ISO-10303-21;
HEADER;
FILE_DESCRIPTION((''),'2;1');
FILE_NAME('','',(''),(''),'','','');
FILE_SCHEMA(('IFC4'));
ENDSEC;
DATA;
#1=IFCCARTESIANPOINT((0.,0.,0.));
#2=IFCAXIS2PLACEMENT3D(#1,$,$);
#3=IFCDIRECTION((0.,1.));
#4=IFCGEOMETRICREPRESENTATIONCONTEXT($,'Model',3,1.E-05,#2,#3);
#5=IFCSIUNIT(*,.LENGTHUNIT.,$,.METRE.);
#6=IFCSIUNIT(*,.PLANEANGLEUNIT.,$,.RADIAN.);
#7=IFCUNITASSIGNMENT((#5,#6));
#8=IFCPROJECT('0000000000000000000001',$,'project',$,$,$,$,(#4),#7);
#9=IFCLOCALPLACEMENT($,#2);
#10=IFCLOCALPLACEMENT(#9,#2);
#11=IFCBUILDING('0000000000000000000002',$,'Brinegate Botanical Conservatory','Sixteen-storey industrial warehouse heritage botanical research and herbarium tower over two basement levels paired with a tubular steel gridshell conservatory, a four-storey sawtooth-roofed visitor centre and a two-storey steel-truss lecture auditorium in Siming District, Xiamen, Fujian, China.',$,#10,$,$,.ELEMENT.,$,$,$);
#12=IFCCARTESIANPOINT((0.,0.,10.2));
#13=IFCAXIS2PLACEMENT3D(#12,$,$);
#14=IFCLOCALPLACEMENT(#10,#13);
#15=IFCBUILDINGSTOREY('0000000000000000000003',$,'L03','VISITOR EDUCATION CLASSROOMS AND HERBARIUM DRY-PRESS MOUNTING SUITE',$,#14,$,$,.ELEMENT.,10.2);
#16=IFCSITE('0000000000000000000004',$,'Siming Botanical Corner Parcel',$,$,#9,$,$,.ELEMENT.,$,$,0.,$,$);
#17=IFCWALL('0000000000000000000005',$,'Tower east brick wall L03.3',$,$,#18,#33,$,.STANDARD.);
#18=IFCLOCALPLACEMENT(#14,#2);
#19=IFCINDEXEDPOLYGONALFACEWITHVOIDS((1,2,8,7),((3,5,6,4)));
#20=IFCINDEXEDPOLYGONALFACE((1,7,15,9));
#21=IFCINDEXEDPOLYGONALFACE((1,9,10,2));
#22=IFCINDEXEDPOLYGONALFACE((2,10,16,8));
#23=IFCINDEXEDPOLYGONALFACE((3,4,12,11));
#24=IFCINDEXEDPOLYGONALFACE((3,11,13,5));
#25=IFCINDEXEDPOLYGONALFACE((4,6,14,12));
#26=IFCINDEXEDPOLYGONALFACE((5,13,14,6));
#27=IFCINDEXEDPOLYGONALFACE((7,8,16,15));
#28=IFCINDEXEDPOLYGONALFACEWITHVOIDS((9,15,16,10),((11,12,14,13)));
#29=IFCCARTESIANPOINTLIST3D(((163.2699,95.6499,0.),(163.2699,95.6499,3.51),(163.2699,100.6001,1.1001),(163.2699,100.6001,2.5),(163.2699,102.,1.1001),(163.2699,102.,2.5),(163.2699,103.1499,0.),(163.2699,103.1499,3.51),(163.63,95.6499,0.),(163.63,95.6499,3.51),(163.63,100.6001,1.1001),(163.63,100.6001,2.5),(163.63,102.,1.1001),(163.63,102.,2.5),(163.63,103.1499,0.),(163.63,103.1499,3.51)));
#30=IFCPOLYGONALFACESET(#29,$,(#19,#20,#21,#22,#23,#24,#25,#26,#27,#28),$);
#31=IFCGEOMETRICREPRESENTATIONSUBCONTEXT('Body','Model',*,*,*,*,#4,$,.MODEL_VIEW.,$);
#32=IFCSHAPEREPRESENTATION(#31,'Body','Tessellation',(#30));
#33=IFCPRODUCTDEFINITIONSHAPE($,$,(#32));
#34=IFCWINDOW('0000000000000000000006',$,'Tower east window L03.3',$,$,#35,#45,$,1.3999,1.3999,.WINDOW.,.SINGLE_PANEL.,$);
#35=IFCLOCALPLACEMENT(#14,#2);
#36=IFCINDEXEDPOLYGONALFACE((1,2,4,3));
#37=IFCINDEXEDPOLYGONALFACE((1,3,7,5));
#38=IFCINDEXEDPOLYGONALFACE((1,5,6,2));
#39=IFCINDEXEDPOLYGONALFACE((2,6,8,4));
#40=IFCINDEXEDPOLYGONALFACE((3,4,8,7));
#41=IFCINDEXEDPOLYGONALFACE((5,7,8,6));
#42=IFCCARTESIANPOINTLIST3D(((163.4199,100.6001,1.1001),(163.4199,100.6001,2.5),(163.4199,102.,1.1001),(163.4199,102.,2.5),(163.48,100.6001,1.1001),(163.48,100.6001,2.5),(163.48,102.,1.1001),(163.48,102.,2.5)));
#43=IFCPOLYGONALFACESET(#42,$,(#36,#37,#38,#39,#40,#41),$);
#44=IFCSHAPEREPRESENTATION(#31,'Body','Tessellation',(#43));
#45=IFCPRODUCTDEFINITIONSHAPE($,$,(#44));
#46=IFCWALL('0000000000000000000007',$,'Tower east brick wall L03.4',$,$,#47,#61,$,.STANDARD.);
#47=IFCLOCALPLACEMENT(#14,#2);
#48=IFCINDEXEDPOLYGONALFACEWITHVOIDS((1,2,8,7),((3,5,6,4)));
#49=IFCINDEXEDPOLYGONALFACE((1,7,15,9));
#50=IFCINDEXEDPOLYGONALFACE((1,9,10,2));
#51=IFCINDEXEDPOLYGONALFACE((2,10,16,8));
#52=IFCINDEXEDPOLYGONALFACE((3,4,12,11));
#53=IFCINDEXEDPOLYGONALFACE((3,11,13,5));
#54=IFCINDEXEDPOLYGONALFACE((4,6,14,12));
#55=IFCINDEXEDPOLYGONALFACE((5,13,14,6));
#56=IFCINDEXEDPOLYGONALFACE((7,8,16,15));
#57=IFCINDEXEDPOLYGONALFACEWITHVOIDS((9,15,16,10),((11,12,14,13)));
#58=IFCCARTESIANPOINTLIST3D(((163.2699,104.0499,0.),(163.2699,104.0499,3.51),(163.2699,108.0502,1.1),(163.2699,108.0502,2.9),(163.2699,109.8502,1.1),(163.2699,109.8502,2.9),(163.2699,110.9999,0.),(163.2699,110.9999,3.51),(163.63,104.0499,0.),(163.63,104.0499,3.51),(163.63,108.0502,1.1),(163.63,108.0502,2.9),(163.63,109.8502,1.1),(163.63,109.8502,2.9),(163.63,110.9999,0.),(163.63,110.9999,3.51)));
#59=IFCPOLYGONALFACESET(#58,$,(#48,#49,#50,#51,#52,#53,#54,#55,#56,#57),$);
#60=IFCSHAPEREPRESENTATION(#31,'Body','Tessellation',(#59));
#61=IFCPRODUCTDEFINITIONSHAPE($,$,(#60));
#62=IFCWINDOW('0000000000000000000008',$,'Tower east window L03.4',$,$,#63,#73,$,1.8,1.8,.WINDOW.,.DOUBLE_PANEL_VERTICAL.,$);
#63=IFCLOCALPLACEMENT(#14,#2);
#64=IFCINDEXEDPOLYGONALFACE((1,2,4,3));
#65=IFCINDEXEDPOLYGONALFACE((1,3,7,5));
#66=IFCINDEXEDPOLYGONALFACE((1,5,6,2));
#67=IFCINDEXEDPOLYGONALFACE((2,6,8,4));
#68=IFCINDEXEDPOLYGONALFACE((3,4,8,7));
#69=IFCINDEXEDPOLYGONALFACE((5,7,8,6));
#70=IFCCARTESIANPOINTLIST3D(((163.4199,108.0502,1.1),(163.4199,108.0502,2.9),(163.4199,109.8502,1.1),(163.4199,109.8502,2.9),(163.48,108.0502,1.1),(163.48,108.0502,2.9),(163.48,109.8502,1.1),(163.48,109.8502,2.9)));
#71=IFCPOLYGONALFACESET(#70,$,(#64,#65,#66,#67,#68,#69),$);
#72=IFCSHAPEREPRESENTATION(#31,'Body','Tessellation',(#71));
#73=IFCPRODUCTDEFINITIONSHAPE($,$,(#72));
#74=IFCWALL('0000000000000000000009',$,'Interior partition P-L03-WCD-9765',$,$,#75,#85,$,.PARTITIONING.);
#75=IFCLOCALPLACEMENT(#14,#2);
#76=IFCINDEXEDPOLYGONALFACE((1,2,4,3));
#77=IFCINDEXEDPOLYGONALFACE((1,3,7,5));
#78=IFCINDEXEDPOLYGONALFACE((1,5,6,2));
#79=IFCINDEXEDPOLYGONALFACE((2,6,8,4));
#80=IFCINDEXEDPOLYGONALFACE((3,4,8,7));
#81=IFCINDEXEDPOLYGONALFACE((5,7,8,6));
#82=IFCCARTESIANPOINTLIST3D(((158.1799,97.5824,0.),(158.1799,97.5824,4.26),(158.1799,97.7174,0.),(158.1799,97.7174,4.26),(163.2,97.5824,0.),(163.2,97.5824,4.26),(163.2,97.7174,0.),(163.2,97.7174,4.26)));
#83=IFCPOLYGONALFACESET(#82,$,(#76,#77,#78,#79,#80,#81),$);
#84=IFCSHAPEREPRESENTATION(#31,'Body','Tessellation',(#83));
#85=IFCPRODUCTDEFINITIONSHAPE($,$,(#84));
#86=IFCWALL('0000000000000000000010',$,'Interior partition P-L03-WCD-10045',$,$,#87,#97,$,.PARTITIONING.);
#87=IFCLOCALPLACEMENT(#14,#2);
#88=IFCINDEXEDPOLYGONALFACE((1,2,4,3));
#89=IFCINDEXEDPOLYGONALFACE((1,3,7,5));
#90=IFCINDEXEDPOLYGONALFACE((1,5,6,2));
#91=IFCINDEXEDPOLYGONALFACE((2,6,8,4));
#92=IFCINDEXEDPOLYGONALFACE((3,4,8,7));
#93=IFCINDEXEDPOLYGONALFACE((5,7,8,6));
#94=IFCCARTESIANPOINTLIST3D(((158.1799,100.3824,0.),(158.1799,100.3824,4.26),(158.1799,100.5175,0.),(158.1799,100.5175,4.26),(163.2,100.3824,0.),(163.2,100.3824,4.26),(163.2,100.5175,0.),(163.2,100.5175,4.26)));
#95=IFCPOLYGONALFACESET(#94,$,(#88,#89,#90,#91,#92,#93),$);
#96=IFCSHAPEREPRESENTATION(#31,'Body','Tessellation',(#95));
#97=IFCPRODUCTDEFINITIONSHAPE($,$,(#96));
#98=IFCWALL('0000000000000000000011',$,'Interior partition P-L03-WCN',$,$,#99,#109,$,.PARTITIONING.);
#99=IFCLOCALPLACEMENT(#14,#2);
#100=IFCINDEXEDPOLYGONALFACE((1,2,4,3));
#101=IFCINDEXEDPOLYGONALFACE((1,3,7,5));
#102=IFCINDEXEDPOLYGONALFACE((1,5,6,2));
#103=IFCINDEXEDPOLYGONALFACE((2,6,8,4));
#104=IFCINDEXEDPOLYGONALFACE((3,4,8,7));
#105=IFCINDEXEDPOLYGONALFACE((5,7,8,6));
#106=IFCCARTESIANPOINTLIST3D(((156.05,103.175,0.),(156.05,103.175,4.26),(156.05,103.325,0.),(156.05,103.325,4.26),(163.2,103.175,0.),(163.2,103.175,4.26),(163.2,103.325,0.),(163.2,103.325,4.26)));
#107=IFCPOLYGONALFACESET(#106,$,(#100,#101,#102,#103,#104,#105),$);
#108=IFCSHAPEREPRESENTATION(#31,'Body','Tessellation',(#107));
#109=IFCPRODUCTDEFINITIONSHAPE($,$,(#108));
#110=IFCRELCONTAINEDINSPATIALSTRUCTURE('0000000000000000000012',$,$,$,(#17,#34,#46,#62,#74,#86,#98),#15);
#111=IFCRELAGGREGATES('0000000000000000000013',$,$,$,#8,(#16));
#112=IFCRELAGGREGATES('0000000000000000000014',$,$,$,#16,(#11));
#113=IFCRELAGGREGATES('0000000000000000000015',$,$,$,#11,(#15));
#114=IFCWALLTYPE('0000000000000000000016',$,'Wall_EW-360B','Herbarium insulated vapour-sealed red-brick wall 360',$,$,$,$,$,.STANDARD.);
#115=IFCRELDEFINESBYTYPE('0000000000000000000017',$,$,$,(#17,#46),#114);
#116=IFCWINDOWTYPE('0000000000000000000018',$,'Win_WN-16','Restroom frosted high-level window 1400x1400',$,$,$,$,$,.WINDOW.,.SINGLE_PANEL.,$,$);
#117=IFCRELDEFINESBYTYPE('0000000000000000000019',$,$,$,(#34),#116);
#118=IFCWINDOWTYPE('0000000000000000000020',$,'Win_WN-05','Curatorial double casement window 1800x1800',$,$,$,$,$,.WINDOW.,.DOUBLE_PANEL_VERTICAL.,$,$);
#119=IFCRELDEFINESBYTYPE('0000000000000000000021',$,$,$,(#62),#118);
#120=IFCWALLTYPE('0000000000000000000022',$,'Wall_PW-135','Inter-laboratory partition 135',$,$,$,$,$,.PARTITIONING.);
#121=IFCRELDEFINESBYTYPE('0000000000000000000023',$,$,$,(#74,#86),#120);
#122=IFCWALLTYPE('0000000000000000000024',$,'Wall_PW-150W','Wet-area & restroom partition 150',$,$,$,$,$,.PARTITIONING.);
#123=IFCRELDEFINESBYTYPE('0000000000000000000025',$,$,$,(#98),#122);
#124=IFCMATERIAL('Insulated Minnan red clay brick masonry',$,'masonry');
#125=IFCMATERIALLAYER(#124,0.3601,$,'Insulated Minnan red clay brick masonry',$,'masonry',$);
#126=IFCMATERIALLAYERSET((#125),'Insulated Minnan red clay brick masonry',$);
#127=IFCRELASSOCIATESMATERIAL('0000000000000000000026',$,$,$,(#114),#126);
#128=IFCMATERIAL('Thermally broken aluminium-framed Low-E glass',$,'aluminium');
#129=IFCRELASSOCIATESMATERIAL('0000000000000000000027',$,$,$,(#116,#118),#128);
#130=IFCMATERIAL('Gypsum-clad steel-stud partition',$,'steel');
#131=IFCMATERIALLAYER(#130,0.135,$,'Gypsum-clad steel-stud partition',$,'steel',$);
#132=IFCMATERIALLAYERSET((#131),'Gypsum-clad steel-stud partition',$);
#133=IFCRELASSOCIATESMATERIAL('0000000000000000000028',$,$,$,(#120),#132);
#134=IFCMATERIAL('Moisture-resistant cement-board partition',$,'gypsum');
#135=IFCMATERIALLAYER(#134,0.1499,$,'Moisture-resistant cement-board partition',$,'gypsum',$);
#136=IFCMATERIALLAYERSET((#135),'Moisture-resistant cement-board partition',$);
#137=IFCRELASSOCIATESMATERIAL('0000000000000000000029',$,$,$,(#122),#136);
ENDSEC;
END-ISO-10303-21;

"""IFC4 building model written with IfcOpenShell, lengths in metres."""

from ifc_helpers import new_model, si_unit, direction, frame, frame_2d, origin, place, context, subcontext, project, spatial, rectangle, extrude, material, layer, layer_set, type_object, element, fill, save


model = new_model("IFC4")

# Units and contexts
model_context = context("Model", 3, precision=1e-05, world=origin(), true_north=direction((0.0, 1.0)))
body_context = subcontext(model_context, "Body", "Model", "MODEL_VIEW")
ifc_project = project(units=[si_unit("LENGTHUNIT", "METRE"), si_unit("PLANEANGLEUNIT", "RADIAN")], contexts=[model_context])

# Site, building, storey
site_placement = place(None, origin())
site = spatial("IfcSite", under=ifc_project, at=site_placement, Name="Siming Botanical Corner Parcel", CompositionType="ELEMENT", RefElevation=0.0)
building_placement = place(site_placement, origin())
building = spatial("IfcBuilding", under=site, at=building_placement, Name="Brinegate Botanical Conservatory", Description="Sixteen-storey industrial warehouse heritage botanical research and herbarium tower over two basement levels paired with a tubular steel gridshell conservatory, a four-storey sawtooth-roofed visitor centre and a two-storey steel-truss lecture auditorium in Siming District, Xiamen, Fujian, China.", CompositionType="ELEMENT")
storey_placement = place(building_placement, frame((0.0, 0.0, 10.2)))
storey = spatial("IfcBuildingStorey", under=building, at=storey_placement, Name="L03", Description="VISITOR EDUCATION CLASSROOMS AND HERBARIUM DRY-PRESS MOUNTING SUITE", CompositionType="ELEMENT", Elevation=10.2)

# Shared definitions
ifc_material_1 = material(Name="Insulated Minnan red clay brick masonry", Category="masonry")
ifc_layer_1 = layer(ifc_material_1, 0.3601, Name="Insulated Minnan red clay brick masonry", Category="masonry")
ifc_layer_set_1 = layer_set([ifc_layer_1], Name="Insulated Minnan red clay brick masonry")
wall_type_1 = type_object("IfcWallType", Name="Wall_EW-360B", Description="Herbarium insulated vapour-sealed red-brick wall 360", PredefinedType="STANDARD", material=ifc_layer_set_1)
ifc_material_2 = material(Name="Thermally broken aluminium-framed Low-E glass", Category="aluminium")

# Walls, openings, windows
wall_1_placement = place(storey_placement, frame((163.45, 103.1499, 0.0), z_axis=(0.0, 0.0, 1.0), x_axis=(0.0, -1.0, 0.0)))
wall_1 = element("IfcWall", 1, at=wall_1_placement, inside=storey, type_object=wall_type_1, Name="Tower east brick wall L03.3", PredefinedType="STANDARD", context=body_context, shape_type="SweptSolid", body=[
    extrude(rectangle(XDim=7.5, YDim=0.3601, at=frame_2d((3.75, 0.0))), origin(), (0.0, 0.0, 1.0), 3.51),
])
opening_1_placement = place(wall_1_placement, frame((1.1499, 0.0, 1.1001)))
opening_1 = element("IfcOpeningElement", 2, at=opening_1_placement, cuts=wall_1, PredefinedType="OPENING", context=body_context, shape_type="SweptSolid", body=[
    extrude(rectangle(XDim=1.3999, YDim=1.3999, at=frame_2d((0.7, 0.7))), frame((0.0, 0.1899, 0.0), z_axis=(0.0, -1.0, 0.0), x_axis=(1.0, 0.0, 0.0)), (0.0, 0.0, 1.0), 0.3801),
])
window_type_1 = type_object("IfcWindowType", Name="Win_WN-16", Description="Restroom frosted high-level window 1400x1400", PartitioningType="SINGLE_PANEL", PredefinedType="WINDOW", material=ifc_material_2)
window_1_placement = place(opening_1_placement, origin())
window_1 = element("IfcWindow", 3, at=window_1_placement, inside=storey, type_object=window_type_1, Name="Tower east window L03.3", OverallHeight=1.3999, OverallWidth=1.3999, PartitioningType="SINGLE_PANEL", PredefinedType="WINDOW", context=body_context, shape_type="SweptSolid", body=[
    extrude(rectangle(XDim=1.3999, YDim=1.3999, at=frame_2d((0.7, 0.7))), frame((0.0, 0.03, 0.0), z_axis=(0.0, -1.0, 0.0), x_axis=(1.0, 0.0, 0.0)), (0.0, 0.0, 1.0), 0.0601),
])
fill(opening_1, window_1)
wall_2_placement = place(storey_placement, frame((163.45, 111.0, 0.0), z_axis=(0.0, 0.0, 1.0), x_axis=(0.0, -1.0, 0.0)))
wall_2 = element("IfcWall", 4, at=wall_2_placement, inside=storey, type_object=wall_type_1, Name="Tower east brick wall L03.4", PredefinedType="STANDARD", context=body_context, shape_type="SweptSolid", body=[
    extrude(rectangle(XDim=6.95, YDim=0.3601, at=frame_2d((3.4751, 0.0))), origin(), (0.0, 0.0, 1.0), 3.51),
])
opening_2_placement = place(wall_2_placement, frame((1.1499, 0.0, 1.1001)))
opening_2 = element("IfcOpeningElement", 5, at=opening_2_placement, cuts=wall_2, PredefinedType="OPENING", context=body_context, shape_type="SweptSolid", body=[
    extrude(rectangle(XDim=1.8, YDim=1.8, at=frame_2d((0.8999, 0.8999))), frame((0.0, 0.1899, 0.0), z_axis=(0.0, -1.0, 0.0), x_axis=(1.0, 0.0, 0.0)), (0.0, 0.0, 1.0), 0.3801),
])
window_type_2 = type_object("IfcWindowType", Name="Win_WN-05", Description="Curatorial double casement window 1800x1800", PartitioningType="DOUBLE_PANEL_VERTICAL", PredefinedType="WINDOW", material=ifc_material_2)
window_2_placement = place(opening_2_placement, origin())
window_2 = element("IfcWindow", 6, at=window_2_placement, inside=storey, type_object=window_type_2, Name="Tower east window L03.4", OverallHeight=1.8, OverallWidth=1.8, PartitioningType="DOUBLE_PANEL_VERTICAL", PredefinedType="WINDOW", context=body_context, shape_type="SweptSolid", body=[
    extrude(rectangle(XDim=1.8, YDim=1.8, at=frame_2d((0.8999, 0.8999))), frame((0.0, 0.03, 0.0), z_axis=(0.0, -1.0, 0.0), x_axis=(1.0, 0.0, 0.0)), (0.0, 0.0, 1.0), 0.0601),
])
fill(opening_2, window_2)

# Walls
ifc_material_3 = material(Name="Gypsum-clad steel-stud partition", Category="steel")
ifc_layer_2 = layer(ifc_material_3, 0.135, Name="Gypsum-clad steel-stud partition", Category="steel")
ifc_layer_set_2 = layer_set([ifc_layer_2], Name="Gypsum-clad steel-stud partition")
wall_type_2 = type_object("IfcWallType", Name="Wall_PW-135", Description="Inter-laboratory partition 135", PredefinedType="PARTITIONING", material=ifc_layer_set_2)
for number, where, z_axis, x_axis, name in (
    (7, (158.1799, 97.6499, 0.0), (0.0, 0.0, 1.0), (1.0, 0.0, 0.0), "Interior partition P-L03-WCD-9765"),
    (8, (158.1799, 100.45, 0.0), (0.0, 0.0, 1.0), (1.0, 0.0, 0.0), "Interior partition P-L03-WCD-10045"),
):
    element("IfcWall", number, at=place(storey_placement, frame(where, z_axis=z_axis, x_axis=x_axis)), inside=storey, type_object=wall_type_2, Name=name, PredefinedType="PARTITIONING", context=body_context, shape_type="SweptSolid", body=[
        extrude(rectangle(XDim=5.02, YDim=0.135, at=frame_2d((2.51, 0.0))), origin(), (0.0, 0.0, 1.0), 4.26),
    ])
ifc_material_4 = material(Name="Moisture-resistant cement-board partition", Category="gypsum")
ifc_layer_3 = layer(ifc_material_4, 0.1499, Name="Moisture-resistant cement-board partition", Category="gypsum")
ifc_layer_set_3 = layer_set([ifc_layer_3], Name="Moisture-resistant cement-board partition")
wall_type_3 = type_object("IfcWallType", Name="Wall_PW-150W", Description="Wet-area & restroom partition 150", PredefinedType="PARTITIONING", material=ifc_layer_set_3)
wall_3_placement = place(storey_placement, frame((156.05, 103.25, 0.0), z_axis=(0.0, 0.0, 1.0), x_axis=(1.0, 0.0, 0.0)))
element("IfcWall", 9, at=wall_3_placement, inside=storey, type_object=wall_type_3, Name="Interior partition P-L03-WCN", PredefinedType="PARTITIONING", context=body_context, shape_type="SweptSolid", body=[
    extrude(rectangle(XDim=7.1499, YDim=0.1499, at=frame_2d((3.575, 0.0))), origin(), (0.0, 0.0, 1.0), 4.26),
])

save(model, "model.ifc")
